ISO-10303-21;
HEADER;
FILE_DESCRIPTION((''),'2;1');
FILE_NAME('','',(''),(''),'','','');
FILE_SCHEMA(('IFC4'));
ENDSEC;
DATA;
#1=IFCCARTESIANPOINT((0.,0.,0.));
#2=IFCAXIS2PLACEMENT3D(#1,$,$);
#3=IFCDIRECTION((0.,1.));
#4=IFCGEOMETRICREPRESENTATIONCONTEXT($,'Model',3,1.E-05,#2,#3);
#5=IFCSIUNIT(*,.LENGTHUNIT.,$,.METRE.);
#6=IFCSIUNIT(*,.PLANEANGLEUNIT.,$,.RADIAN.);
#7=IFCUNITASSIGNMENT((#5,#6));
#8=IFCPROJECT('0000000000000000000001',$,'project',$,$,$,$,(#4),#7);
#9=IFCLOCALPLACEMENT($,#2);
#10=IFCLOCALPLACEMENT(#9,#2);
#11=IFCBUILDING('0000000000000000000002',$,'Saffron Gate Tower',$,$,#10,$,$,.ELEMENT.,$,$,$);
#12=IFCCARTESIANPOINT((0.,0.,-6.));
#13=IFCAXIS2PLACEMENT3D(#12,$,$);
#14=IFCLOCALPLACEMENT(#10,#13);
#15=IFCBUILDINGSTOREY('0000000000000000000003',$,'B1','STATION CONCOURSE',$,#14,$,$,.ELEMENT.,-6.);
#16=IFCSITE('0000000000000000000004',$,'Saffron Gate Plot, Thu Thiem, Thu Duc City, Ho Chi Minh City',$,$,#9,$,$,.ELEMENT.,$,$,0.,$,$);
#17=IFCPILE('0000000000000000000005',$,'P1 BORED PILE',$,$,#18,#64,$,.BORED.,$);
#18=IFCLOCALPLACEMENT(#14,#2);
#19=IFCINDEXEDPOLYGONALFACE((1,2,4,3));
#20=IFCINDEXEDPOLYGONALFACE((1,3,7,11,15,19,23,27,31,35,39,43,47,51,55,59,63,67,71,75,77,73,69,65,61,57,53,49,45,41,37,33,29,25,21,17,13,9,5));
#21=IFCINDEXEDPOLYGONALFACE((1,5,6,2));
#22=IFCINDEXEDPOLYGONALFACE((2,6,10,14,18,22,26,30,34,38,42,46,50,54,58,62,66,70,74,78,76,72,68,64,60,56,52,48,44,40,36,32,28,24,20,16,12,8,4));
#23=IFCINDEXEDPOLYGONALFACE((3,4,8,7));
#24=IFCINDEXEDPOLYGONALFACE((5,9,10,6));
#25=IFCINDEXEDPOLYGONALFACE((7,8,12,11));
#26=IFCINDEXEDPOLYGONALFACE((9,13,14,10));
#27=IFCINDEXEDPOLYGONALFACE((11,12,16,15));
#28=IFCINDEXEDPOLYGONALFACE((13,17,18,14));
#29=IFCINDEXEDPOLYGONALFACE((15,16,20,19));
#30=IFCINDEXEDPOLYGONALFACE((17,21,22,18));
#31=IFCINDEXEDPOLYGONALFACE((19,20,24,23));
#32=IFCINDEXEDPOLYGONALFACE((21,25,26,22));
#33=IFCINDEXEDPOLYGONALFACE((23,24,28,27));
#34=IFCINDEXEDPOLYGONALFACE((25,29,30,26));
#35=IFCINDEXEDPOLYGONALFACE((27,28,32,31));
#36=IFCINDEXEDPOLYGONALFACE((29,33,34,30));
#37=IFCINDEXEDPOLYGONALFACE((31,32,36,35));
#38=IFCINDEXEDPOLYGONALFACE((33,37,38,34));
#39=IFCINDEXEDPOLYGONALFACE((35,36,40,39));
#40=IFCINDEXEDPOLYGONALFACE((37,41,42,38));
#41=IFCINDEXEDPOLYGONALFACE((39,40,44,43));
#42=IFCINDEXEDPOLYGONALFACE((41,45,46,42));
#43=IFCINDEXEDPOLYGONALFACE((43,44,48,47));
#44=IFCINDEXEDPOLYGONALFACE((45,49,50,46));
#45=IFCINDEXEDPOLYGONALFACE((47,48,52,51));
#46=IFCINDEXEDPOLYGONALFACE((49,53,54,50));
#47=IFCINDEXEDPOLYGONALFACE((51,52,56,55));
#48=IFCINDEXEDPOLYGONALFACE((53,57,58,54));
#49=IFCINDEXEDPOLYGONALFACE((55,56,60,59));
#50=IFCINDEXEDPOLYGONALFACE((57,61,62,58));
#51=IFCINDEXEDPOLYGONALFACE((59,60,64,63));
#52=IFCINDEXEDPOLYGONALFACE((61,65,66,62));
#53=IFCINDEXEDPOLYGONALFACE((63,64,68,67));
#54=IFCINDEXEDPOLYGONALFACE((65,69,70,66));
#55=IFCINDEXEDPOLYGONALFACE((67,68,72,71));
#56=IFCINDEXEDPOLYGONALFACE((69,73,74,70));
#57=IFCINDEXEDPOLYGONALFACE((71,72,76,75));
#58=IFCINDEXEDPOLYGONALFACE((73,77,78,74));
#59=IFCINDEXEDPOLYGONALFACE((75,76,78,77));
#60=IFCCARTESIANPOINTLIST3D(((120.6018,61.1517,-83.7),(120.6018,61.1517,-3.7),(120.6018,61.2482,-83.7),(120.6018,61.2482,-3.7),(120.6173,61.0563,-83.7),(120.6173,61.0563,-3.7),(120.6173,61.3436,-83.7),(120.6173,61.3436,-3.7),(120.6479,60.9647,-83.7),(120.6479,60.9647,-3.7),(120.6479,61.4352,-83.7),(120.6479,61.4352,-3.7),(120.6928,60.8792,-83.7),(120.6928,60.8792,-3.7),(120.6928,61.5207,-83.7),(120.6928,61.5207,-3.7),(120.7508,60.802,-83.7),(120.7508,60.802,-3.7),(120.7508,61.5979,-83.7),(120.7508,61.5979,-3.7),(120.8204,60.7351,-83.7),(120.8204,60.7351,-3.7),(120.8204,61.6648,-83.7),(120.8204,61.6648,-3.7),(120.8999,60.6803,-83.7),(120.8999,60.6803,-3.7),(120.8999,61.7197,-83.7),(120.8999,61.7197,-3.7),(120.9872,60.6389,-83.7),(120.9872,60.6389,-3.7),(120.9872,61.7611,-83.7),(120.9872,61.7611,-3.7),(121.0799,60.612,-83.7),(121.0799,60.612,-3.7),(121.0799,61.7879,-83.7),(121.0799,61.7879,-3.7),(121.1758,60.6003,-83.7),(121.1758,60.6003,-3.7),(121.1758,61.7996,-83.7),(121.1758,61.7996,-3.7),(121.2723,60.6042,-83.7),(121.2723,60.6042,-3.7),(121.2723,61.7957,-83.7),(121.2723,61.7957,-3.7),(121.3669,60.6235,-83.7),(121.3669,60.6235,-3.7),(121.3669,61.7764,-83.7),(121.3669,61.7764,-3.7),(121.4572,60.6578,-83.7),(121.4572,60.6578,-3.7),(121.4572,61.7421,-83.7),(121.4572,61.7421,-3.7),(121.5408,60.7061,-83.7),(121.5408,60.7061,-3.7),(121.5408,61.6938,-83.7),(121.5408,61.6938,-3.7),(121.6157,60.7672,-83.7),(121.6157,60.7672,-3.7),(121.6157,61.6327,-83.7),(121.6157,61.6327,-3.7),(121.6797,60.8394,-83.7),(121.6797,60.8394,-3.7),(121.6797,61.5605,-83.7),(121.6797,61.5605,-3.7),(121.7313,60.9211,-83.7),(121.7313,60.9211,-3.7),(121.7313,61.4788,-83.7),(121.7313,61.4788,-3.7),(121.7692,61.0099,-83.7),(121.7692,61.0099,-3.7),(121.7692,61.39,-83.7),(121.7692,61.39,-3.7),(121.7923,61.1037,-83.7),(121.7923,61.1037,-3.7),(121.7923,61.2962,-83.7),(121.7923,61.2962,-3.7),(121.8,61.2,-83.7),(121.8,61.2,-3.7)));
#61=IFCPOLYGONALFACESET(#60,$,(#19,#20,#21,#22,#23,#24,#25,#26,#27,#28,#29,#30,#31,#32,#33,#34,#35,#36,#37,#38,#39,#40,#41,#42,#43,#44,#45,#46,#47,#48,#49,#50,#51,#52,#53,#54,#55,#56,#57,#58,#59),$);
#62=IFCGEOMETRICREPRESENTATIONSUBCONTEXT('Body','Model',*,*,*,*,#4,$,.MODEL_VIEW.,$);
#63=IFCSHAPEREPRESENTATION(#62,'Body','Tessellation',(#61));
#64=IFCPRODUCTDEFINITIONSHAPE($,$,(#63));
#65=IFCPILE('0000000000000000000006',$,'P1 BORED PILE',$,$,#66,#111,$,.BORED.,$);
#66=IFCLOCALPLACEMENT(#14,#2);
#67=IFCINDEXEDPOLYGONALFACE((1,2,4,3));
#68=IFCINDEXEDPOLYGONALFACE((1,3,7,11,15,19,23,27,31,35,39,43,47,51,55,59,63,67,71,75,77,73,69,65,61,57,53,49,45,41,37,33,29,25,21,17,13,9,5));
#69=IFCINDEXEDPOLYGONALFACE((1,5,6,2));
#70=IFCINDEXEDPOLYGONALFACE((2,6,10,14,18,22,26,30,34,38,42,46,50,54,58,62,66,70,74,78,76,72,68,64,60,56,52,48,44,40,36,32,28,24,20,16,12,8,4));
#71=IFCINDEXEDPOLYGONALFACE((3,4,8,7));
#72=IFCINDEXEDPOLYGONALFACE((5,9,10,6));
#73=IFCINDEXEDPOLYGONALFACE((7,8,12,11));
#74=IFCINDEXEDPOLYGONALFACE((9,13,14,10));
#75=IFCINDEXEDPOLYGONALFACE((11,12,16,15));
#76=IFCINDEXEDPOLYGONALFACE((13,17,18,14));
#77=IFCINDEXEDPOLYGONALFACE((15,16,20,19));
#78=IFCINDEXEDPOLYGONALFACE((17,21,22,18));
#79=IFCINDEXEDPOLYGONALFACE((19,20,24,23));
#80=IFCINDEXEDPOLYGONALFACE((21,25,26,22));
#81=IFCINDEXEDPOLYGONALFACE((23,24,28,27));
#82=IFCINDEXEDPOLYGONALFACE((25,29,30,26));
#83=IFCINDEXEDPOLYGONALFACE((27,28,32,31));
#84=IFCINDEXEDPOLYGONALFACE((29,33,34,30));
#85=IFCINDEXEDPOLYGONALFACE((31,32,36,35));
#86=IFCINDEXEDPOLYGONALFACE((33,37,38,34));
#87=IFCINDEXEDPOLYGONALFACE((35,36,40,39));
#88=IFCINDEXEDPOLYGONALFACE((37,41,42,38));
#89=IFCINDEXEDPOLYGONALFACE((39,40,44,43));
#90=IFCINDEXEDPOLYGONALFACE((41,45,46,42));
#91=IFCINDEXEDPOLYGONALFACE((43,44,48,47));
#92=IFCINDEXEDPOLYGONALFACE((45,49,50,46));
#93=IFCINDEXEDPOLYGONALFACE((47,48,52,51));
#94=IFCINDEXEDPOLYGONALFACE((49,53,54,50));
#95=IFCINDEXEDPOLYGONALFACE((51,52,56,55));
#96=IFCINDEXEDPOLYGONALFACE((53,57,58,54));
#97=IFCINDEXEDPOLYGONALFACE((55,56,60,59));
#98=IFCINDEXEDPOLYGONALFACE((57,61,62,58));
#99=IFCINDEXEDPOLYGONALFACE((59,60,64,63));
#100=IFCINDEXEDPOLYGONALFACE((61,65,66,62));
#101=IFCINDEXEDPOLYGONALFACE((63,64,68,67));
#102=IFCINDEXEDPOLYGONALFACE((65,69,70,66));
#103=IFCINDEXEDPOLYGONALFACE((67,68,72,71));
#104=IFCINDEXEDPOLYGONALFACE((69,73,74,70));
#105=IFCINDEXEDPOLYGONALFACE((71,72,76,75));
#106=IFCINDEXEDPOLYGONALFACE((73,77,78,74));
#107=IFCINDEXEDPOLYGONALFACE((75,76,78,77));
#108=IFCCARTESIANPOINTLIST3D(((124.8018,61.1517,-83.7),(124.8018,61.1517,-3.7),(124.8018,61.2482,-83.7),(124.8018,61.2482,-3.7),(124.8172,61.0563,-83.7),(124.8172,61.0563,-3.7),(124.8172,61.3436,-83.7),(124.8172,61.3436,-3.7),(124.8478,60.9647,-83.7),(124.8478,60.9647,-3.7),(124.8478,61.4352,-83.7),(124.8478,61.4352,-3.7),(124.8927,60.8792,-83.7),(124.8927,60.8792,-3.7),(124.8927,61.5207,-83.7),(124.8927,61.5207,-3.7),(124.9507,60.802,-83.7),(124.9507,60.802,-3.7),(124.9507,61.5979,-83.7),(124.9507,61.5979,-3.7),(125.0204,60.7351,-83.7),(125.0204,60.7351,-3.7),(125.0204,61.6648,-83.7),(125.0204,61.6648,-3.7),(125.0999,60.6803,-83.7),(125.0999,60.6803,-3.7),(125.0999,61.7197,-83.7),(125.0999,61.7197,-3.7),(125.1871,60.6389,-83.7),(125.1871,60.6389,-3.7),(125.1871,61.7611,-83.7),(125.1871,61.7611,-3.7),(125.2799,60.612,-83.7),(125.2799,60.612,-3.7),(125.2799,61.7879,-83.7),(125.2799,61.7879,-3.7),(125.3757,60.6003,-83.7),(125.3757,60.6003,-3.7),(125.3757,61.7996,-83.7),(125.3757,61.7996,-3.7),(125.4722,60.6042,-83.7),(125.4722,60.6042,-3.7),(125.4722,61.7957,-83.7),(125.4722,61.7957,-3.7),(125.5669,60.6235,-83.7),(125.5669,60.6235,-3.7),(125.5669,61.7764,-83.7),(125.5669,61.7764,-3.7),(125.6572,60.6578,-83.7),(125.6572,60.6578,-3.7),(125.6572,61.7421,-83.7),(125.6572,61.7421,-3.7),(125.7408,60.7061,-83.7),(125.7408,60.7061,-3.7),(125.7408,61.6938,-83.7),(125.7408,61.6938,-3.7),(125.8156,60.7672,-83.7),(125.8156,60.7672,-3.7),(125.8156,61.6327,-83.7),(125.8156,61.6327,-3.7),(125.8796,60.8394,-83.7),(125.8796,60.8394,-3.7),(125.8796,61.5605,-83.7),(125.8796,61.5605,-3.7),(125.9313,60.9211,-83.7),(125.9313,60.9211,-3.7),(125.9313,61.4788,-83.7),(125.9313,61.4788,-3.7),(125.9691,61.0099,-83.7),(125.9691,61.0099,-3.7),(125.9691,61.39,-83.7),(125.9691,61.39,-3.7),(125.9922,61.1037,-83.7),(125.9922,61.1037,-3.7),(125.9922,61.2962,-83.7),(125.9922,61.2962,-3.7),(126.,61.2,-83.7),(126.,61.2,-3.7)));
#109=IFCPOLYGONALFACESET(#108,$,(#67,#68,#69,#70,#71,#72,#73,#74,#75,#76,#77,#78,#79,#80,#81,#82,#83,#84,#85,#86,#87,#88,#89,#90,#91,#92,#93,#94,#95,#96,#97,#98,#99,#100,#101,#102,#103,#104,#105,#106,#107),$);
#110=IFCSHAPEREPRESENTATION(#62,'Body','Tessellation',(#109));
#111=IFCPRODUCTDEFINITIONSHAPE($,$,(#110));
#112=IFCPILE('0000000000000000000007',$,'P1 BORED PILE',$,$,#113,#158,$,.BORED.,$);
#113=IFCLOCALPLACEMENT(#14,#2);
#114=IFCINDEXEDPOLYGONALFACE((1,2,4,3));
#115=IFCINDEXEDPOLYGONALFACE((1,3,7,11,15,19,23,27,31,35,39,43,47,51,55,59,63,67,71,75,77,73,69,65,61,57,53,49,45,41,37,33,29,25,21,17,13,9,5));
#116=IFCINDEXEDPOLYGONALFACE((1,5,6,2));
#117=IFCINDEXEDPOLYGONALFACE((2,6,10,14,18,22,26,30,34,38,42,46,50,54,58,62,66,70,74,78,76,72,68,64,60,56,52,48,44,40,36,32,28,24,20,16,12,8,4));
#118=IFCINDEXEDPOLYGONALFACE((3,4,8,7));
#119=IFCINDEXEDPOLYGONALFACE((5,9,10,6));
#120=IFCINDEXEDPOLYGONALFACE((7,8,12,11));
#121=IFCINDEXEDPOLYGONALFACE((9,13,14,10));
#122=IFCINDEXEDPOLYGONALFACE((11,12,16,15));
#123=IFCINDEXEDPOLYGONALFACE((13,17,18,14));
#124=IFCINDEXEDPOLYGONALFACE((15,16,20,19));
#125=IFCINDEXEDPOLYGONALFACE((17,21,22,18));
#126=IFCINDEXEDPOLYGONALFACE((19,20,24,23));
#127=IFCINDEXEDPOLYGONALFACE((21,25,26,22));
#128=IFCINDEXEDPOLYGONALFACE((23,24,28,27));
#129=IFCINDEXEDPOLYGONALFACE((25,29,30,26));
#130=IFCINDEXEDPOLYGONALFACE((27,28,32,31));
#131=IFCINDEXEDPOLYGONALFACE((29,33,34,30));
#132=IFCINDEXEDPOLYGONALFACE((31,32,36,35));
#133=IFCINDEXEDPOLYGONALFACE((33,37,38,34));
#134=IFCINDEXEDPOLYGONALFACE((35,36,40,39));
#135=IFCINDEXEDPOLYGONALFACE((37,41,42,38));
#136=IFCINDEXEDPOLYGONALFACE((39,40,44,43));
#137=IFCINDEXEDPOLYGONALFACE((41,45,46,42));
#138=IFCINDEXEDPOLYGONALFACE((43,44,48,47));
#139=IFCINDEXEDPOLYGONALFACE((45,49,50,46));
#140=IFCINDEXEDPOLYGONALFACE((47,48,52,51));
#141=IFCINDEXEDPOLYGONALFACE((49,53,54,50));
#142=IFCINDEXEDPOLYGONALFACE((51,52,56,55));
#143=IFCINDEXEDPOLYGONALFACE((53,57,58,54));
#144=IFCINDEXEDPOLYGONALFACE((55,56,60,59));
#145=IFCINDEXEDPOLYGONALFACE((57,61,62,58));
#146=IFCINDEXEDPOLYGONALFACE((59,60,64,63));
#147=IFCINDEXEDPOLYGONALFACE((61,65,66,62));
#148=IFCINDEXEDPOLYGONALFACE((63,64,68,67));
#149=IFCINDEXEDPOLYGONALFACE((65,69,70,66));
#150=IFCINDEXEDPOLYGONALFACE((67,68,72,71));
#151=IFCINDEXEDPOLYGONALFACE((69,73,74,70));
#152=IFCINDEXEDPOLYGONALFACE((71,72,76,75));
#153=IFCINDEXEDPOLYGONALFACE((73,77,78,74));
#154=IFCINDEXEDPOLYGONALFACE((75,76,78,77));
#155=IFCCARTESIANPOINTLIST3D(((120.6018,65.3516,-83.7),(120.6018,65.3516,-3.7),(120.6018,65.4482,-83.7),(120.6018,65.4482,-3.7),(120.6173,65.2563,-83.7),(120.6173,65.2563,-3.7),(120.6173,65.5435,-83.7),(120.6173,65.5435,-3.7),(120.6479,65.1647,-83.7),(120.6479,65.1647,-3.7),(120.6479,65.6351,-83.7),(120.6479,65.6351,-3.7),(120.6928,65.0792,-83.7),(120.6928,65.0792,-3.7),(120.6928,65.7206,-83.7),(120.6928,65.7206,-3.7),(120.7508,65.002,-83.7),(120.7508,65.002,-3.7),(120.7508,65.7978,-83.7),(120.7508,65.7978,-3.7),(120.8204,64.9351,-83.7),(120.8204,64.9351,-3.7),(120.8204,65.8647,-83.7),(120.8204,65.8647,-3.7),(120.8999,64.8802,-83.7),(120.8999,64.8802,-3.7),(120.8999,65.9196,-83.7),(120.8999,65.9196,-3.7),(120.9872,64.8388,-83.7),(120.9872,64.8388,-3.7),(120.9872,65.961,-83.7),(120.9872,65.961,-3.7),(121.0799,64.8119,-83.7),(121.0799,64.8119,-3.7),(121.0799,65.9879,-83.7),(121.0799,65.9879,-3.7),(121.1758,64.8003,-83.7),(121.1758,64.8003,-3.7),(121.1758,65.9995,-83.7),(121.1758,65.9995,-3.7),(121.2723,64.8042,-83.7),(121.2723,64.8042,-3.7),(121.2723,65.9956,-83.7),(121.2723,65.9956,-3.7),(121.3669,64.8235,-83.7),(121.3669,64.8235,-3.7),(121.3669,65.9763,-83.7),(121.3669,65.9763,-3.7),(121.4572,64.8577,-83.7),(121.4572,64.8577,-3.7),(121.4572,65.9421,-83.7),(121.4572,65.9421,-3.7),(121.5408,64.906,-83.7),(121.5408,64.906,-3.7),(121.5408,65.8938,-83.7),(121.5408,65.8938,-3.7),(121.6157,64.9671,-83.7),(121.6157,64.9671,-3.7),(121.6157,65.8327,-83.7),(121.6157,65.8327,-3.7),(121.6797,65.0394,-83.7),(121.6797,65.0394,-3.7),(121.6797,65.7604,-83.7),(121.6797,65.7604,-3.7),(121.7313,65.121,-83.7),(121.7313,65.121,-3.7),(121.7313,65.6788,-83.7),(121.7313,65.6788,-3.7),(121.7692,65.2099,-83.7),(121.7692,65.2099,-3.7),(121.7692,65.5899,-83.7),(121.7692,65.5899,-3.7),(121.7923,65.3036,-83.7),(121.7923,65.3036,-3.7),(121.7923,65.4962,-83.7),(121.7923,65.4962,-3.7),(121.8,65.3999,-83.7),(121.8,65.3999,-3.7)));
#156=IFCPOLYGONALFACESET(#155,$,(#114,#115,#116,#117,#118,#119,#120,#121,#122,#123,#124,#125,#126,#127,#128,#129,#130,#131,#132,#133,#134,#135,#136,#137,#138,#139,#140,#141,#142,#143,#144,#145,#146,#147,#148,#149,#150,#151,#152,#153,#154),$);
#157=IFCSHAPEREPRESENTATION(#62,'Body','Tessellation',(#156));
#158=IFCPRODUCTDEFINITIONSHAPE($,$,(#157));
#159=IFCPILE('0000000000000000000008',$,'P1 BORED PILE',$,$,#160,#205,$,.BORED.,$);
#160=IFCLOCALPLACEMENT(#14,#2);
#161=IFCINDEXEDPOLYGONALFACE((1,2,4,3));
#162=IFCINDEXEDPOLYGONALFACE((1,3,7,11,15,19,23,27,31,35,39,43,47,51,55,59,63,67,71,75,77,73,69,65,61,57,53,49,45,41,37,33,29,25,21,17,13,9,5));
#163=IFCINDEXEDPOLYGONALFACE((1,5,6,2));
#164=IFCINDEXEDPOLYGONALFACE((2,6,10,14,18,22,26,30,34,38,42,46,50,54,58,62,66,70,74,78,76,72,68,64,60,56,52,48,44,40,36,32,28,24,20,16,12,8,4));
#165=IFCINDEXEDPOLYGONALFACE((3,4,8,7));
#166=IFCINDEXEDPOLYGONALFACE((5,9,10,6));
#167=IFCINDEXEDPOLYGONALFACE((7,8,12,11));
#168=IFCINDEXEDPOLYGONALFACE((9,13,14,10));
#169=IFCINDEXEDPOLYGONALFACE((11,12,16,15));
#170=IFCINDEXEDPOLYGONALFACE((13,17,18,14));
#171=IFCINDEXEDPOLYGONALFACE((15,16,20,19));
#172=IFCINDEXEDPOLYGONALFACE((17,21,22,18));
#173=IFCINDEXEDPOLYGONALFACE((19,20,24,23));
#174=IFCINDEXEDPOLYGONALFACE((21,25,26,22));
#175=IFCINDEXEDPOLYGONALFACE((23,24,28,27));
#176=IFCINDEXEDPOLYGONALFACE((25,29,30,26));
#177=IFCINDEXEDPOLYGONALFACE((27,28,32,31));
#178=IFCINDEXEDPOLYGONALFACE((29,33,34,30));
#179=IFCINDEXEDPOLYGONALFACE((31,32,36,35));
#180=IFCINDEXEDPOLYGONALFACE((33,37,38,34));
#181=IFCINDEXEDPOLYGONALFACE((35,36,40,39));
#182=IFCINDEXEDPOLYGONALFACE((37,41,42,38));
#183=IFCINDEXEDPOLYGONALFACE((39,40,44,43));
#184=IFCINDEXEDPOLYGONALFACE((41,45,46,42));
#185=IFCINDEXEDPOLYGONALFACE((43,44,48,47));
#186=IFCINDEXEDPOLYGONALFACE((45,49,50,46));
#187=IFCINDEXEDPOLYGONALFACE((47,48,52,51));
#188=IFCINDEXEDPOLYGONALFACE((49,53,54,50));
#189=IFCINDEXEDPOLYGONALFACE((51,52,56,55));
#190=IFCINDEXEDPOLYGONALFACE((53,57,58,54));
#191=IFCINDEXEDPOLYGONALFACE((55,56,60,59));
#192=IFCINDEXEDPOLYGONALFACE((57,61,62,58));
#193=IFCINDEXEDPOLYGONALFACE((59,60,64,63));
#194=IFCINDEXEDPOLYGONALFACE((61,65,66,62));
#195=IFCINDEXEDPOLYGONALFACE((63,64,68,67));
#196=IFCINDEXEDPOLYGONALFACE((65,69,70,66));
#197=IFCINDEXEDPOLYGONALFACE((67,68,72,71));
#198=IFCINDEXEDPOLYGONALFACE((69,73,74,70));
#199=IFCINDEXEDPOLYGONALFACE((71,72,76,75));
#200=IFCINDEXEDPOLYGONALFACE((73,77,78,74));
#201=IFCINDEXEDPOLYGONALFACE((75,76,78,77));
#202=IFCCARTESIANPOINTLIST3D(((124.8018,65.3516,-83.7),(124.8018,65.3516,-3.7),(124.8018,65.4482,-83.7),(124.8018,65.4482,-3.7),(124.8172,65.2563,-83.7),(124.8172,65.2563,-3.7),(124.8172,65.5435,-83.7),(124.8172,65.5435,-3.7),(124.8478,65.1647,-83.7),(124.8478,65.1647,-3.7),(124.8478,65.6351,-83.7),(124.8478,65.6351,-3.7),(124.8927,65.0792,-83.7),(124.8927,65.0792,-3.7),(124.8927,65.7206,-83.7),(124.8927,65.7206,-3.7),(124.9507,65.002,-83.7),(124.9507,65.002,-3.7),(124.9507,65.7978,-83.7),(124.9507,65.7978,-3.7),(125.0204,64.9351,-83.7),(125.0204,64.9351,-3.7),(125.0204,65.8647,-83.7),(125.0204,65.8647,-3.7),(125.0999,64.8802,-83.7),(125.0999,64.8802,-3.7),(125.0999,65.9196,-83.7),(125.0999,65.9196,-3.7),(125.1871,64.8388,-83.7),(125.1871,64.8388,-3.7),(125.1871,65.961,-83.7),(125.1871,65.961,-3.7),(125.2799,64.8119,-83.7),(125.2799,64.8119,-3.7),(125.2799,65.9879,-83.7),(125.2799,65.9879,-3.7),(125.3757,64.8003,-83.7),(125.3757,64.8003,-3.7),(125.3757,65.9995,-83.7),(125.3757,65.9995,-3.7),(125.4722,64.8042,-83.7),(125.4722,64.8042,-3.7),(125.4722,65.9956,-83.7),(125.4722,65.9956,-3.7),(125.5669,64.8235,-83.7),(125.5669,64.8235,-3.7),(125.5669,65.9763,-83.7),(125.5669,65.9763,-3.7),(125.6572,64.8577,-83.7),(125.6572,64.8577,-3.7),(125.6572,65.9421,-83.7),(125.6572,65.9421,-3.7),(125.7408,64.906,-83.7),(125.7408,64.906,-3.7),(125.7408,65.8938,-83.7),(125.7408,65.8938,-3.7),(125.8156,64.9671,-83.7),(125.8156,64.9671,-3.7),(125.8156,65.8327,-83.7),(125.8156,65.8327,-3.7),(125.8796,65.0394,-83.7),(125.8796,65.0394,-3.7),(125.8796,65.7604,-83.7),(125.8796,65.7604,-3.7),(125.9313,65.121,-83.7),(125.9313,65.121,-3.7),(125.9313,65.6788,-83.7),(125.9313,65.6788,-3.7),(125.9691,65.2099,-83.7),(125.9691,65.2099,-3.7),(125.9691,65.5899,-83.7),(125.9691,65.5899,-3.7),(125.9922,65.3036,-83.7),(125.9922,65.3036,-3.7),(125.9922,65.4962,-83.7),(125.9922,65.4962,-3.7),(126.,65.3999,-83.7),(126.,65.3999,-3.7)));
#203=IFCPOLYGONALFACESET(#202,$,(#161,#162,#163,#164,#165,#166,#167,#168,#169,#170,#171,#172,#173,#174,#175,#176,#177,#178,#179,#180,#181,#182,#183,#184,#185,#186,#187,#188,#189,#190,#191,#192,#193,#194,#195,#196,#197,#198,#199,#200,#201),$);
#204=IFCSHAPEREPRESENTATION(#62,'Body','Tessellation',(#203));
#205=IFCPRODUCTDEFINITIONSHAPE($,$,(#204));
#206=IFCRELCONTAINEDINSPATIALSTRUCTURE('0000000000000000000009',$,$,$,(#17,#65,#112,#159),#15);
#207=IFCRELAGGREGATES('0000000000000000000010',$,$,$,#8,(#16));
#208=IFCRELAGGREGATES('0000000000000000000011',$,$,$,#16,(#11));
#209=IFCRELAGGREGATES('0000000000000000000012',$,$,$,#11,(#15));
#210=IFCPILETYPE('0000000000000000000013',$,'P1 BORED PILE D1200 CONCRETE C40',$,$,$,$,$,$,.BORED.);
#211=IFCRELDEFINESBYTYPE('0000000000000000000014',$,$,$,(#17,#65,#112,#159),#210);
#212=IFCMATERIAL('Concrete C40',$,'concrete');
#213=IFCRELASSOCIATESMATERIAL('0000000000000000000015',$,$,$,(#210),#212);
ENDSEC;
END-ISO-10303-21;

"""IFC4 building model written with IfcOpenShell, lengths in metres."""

from ifc_helpers import new_model, si_unit, direction, frame, origin, origin_2d, place, context, subcontext, project, spatial, circle, extrude, material, material_profile, profile_set, type_object, element, save


model = new_model("IFC4")

# Units and contexts
model_context = context("Model", 3, precision=1e-05, world=origin(), true_north=direction((0.0, 1.0)))
body_context = subcontext(model_context, "Body", "Model", "MODEL_VIEW")
ifc_project = project(units=[si_unit("LENGTHUNIT", "METRE"), si_unit("PLANEANGLEUNIT", "RADIAN")], contexts=[model_context])

# Site, building, storey
site_placement = place(None, origin())
site = spatial("IfcSite", under=ifc_project, at=site_placement, Name="Saffron Gate Plot, Thu Thiem, Thu Duc City, Ho Chi Minh City", CompositionType="ELEMENT", RefElevation=0.0)
building_placement = place(site_placement, origin())
building = spatial("IfcBuilding", under=site, at=building_placement, Name="Saffron Gate Tower", CompositionType="ELEMENT")
storey_placement = place(building_placement, frame((0.0, 0.0, -6.0)))
storey = spatial("IfcBuildingStorey", under=building, at=storey_placement, Name="B1", Description="STATION CONCOURSE", CompositionType="ELEMENT", Elevation=-6.0)

# Piles
ifc_material_1 = material(Name="Concrete C40", Category="concrete")
ifc_material_profile_1 = material_profile(ifc_material_1, circle(Radius=0.6001, at=origin_2d()))
ifc_profile_set_1 = profile_set([ifc_material_profile_1], Name="Concrete C40")
pile_type_1 = type_object("IfcPileType", Name="P1 BORED PILE D1200 CONCRETE C40", PredefinedType="BORED", material=ifc_profile_set_1)
for number, where, z_axis, x_axis, name in (
    (1, (121.2, 61.2, -3.7), (0.0, 0.0, -1.0), (1.0, 0.0, 0.0), "P1 BORED PILE"),
    (2, (125.3999, 61.2, -3.7), (0.0, 0.0, -1.0), (1.0, 0.0, 0.0), "P1 BORED PILE"),
    (3, (121.2, 65.3999, -3.7), (0.0, 0.0, -1.0), (1.0, 0.0, 0.0), "P1 BORED PILE"),
    (4, (125.3999, 65.3999, -3.7), (0.0, 0.0, -1.0), (1.0, 0.0, 0.0), "P1 BORED PILE"),
):
    element("IfcPile", number, at=place(storey_placement, frame(where, z_axis=z_axis, x_axis=x_axis)), inside=storey, type_object=pile_type_1, Name=name, PredefinedType="BORED", context=body_context, shape_type="SweptSolid", body=[
        extrude(circle(Radius=0.6001, at=origin_2d()), origin(), (0.0, 0.0, 1.0), 80.0),
    ])

save(model, "model.ifc")
